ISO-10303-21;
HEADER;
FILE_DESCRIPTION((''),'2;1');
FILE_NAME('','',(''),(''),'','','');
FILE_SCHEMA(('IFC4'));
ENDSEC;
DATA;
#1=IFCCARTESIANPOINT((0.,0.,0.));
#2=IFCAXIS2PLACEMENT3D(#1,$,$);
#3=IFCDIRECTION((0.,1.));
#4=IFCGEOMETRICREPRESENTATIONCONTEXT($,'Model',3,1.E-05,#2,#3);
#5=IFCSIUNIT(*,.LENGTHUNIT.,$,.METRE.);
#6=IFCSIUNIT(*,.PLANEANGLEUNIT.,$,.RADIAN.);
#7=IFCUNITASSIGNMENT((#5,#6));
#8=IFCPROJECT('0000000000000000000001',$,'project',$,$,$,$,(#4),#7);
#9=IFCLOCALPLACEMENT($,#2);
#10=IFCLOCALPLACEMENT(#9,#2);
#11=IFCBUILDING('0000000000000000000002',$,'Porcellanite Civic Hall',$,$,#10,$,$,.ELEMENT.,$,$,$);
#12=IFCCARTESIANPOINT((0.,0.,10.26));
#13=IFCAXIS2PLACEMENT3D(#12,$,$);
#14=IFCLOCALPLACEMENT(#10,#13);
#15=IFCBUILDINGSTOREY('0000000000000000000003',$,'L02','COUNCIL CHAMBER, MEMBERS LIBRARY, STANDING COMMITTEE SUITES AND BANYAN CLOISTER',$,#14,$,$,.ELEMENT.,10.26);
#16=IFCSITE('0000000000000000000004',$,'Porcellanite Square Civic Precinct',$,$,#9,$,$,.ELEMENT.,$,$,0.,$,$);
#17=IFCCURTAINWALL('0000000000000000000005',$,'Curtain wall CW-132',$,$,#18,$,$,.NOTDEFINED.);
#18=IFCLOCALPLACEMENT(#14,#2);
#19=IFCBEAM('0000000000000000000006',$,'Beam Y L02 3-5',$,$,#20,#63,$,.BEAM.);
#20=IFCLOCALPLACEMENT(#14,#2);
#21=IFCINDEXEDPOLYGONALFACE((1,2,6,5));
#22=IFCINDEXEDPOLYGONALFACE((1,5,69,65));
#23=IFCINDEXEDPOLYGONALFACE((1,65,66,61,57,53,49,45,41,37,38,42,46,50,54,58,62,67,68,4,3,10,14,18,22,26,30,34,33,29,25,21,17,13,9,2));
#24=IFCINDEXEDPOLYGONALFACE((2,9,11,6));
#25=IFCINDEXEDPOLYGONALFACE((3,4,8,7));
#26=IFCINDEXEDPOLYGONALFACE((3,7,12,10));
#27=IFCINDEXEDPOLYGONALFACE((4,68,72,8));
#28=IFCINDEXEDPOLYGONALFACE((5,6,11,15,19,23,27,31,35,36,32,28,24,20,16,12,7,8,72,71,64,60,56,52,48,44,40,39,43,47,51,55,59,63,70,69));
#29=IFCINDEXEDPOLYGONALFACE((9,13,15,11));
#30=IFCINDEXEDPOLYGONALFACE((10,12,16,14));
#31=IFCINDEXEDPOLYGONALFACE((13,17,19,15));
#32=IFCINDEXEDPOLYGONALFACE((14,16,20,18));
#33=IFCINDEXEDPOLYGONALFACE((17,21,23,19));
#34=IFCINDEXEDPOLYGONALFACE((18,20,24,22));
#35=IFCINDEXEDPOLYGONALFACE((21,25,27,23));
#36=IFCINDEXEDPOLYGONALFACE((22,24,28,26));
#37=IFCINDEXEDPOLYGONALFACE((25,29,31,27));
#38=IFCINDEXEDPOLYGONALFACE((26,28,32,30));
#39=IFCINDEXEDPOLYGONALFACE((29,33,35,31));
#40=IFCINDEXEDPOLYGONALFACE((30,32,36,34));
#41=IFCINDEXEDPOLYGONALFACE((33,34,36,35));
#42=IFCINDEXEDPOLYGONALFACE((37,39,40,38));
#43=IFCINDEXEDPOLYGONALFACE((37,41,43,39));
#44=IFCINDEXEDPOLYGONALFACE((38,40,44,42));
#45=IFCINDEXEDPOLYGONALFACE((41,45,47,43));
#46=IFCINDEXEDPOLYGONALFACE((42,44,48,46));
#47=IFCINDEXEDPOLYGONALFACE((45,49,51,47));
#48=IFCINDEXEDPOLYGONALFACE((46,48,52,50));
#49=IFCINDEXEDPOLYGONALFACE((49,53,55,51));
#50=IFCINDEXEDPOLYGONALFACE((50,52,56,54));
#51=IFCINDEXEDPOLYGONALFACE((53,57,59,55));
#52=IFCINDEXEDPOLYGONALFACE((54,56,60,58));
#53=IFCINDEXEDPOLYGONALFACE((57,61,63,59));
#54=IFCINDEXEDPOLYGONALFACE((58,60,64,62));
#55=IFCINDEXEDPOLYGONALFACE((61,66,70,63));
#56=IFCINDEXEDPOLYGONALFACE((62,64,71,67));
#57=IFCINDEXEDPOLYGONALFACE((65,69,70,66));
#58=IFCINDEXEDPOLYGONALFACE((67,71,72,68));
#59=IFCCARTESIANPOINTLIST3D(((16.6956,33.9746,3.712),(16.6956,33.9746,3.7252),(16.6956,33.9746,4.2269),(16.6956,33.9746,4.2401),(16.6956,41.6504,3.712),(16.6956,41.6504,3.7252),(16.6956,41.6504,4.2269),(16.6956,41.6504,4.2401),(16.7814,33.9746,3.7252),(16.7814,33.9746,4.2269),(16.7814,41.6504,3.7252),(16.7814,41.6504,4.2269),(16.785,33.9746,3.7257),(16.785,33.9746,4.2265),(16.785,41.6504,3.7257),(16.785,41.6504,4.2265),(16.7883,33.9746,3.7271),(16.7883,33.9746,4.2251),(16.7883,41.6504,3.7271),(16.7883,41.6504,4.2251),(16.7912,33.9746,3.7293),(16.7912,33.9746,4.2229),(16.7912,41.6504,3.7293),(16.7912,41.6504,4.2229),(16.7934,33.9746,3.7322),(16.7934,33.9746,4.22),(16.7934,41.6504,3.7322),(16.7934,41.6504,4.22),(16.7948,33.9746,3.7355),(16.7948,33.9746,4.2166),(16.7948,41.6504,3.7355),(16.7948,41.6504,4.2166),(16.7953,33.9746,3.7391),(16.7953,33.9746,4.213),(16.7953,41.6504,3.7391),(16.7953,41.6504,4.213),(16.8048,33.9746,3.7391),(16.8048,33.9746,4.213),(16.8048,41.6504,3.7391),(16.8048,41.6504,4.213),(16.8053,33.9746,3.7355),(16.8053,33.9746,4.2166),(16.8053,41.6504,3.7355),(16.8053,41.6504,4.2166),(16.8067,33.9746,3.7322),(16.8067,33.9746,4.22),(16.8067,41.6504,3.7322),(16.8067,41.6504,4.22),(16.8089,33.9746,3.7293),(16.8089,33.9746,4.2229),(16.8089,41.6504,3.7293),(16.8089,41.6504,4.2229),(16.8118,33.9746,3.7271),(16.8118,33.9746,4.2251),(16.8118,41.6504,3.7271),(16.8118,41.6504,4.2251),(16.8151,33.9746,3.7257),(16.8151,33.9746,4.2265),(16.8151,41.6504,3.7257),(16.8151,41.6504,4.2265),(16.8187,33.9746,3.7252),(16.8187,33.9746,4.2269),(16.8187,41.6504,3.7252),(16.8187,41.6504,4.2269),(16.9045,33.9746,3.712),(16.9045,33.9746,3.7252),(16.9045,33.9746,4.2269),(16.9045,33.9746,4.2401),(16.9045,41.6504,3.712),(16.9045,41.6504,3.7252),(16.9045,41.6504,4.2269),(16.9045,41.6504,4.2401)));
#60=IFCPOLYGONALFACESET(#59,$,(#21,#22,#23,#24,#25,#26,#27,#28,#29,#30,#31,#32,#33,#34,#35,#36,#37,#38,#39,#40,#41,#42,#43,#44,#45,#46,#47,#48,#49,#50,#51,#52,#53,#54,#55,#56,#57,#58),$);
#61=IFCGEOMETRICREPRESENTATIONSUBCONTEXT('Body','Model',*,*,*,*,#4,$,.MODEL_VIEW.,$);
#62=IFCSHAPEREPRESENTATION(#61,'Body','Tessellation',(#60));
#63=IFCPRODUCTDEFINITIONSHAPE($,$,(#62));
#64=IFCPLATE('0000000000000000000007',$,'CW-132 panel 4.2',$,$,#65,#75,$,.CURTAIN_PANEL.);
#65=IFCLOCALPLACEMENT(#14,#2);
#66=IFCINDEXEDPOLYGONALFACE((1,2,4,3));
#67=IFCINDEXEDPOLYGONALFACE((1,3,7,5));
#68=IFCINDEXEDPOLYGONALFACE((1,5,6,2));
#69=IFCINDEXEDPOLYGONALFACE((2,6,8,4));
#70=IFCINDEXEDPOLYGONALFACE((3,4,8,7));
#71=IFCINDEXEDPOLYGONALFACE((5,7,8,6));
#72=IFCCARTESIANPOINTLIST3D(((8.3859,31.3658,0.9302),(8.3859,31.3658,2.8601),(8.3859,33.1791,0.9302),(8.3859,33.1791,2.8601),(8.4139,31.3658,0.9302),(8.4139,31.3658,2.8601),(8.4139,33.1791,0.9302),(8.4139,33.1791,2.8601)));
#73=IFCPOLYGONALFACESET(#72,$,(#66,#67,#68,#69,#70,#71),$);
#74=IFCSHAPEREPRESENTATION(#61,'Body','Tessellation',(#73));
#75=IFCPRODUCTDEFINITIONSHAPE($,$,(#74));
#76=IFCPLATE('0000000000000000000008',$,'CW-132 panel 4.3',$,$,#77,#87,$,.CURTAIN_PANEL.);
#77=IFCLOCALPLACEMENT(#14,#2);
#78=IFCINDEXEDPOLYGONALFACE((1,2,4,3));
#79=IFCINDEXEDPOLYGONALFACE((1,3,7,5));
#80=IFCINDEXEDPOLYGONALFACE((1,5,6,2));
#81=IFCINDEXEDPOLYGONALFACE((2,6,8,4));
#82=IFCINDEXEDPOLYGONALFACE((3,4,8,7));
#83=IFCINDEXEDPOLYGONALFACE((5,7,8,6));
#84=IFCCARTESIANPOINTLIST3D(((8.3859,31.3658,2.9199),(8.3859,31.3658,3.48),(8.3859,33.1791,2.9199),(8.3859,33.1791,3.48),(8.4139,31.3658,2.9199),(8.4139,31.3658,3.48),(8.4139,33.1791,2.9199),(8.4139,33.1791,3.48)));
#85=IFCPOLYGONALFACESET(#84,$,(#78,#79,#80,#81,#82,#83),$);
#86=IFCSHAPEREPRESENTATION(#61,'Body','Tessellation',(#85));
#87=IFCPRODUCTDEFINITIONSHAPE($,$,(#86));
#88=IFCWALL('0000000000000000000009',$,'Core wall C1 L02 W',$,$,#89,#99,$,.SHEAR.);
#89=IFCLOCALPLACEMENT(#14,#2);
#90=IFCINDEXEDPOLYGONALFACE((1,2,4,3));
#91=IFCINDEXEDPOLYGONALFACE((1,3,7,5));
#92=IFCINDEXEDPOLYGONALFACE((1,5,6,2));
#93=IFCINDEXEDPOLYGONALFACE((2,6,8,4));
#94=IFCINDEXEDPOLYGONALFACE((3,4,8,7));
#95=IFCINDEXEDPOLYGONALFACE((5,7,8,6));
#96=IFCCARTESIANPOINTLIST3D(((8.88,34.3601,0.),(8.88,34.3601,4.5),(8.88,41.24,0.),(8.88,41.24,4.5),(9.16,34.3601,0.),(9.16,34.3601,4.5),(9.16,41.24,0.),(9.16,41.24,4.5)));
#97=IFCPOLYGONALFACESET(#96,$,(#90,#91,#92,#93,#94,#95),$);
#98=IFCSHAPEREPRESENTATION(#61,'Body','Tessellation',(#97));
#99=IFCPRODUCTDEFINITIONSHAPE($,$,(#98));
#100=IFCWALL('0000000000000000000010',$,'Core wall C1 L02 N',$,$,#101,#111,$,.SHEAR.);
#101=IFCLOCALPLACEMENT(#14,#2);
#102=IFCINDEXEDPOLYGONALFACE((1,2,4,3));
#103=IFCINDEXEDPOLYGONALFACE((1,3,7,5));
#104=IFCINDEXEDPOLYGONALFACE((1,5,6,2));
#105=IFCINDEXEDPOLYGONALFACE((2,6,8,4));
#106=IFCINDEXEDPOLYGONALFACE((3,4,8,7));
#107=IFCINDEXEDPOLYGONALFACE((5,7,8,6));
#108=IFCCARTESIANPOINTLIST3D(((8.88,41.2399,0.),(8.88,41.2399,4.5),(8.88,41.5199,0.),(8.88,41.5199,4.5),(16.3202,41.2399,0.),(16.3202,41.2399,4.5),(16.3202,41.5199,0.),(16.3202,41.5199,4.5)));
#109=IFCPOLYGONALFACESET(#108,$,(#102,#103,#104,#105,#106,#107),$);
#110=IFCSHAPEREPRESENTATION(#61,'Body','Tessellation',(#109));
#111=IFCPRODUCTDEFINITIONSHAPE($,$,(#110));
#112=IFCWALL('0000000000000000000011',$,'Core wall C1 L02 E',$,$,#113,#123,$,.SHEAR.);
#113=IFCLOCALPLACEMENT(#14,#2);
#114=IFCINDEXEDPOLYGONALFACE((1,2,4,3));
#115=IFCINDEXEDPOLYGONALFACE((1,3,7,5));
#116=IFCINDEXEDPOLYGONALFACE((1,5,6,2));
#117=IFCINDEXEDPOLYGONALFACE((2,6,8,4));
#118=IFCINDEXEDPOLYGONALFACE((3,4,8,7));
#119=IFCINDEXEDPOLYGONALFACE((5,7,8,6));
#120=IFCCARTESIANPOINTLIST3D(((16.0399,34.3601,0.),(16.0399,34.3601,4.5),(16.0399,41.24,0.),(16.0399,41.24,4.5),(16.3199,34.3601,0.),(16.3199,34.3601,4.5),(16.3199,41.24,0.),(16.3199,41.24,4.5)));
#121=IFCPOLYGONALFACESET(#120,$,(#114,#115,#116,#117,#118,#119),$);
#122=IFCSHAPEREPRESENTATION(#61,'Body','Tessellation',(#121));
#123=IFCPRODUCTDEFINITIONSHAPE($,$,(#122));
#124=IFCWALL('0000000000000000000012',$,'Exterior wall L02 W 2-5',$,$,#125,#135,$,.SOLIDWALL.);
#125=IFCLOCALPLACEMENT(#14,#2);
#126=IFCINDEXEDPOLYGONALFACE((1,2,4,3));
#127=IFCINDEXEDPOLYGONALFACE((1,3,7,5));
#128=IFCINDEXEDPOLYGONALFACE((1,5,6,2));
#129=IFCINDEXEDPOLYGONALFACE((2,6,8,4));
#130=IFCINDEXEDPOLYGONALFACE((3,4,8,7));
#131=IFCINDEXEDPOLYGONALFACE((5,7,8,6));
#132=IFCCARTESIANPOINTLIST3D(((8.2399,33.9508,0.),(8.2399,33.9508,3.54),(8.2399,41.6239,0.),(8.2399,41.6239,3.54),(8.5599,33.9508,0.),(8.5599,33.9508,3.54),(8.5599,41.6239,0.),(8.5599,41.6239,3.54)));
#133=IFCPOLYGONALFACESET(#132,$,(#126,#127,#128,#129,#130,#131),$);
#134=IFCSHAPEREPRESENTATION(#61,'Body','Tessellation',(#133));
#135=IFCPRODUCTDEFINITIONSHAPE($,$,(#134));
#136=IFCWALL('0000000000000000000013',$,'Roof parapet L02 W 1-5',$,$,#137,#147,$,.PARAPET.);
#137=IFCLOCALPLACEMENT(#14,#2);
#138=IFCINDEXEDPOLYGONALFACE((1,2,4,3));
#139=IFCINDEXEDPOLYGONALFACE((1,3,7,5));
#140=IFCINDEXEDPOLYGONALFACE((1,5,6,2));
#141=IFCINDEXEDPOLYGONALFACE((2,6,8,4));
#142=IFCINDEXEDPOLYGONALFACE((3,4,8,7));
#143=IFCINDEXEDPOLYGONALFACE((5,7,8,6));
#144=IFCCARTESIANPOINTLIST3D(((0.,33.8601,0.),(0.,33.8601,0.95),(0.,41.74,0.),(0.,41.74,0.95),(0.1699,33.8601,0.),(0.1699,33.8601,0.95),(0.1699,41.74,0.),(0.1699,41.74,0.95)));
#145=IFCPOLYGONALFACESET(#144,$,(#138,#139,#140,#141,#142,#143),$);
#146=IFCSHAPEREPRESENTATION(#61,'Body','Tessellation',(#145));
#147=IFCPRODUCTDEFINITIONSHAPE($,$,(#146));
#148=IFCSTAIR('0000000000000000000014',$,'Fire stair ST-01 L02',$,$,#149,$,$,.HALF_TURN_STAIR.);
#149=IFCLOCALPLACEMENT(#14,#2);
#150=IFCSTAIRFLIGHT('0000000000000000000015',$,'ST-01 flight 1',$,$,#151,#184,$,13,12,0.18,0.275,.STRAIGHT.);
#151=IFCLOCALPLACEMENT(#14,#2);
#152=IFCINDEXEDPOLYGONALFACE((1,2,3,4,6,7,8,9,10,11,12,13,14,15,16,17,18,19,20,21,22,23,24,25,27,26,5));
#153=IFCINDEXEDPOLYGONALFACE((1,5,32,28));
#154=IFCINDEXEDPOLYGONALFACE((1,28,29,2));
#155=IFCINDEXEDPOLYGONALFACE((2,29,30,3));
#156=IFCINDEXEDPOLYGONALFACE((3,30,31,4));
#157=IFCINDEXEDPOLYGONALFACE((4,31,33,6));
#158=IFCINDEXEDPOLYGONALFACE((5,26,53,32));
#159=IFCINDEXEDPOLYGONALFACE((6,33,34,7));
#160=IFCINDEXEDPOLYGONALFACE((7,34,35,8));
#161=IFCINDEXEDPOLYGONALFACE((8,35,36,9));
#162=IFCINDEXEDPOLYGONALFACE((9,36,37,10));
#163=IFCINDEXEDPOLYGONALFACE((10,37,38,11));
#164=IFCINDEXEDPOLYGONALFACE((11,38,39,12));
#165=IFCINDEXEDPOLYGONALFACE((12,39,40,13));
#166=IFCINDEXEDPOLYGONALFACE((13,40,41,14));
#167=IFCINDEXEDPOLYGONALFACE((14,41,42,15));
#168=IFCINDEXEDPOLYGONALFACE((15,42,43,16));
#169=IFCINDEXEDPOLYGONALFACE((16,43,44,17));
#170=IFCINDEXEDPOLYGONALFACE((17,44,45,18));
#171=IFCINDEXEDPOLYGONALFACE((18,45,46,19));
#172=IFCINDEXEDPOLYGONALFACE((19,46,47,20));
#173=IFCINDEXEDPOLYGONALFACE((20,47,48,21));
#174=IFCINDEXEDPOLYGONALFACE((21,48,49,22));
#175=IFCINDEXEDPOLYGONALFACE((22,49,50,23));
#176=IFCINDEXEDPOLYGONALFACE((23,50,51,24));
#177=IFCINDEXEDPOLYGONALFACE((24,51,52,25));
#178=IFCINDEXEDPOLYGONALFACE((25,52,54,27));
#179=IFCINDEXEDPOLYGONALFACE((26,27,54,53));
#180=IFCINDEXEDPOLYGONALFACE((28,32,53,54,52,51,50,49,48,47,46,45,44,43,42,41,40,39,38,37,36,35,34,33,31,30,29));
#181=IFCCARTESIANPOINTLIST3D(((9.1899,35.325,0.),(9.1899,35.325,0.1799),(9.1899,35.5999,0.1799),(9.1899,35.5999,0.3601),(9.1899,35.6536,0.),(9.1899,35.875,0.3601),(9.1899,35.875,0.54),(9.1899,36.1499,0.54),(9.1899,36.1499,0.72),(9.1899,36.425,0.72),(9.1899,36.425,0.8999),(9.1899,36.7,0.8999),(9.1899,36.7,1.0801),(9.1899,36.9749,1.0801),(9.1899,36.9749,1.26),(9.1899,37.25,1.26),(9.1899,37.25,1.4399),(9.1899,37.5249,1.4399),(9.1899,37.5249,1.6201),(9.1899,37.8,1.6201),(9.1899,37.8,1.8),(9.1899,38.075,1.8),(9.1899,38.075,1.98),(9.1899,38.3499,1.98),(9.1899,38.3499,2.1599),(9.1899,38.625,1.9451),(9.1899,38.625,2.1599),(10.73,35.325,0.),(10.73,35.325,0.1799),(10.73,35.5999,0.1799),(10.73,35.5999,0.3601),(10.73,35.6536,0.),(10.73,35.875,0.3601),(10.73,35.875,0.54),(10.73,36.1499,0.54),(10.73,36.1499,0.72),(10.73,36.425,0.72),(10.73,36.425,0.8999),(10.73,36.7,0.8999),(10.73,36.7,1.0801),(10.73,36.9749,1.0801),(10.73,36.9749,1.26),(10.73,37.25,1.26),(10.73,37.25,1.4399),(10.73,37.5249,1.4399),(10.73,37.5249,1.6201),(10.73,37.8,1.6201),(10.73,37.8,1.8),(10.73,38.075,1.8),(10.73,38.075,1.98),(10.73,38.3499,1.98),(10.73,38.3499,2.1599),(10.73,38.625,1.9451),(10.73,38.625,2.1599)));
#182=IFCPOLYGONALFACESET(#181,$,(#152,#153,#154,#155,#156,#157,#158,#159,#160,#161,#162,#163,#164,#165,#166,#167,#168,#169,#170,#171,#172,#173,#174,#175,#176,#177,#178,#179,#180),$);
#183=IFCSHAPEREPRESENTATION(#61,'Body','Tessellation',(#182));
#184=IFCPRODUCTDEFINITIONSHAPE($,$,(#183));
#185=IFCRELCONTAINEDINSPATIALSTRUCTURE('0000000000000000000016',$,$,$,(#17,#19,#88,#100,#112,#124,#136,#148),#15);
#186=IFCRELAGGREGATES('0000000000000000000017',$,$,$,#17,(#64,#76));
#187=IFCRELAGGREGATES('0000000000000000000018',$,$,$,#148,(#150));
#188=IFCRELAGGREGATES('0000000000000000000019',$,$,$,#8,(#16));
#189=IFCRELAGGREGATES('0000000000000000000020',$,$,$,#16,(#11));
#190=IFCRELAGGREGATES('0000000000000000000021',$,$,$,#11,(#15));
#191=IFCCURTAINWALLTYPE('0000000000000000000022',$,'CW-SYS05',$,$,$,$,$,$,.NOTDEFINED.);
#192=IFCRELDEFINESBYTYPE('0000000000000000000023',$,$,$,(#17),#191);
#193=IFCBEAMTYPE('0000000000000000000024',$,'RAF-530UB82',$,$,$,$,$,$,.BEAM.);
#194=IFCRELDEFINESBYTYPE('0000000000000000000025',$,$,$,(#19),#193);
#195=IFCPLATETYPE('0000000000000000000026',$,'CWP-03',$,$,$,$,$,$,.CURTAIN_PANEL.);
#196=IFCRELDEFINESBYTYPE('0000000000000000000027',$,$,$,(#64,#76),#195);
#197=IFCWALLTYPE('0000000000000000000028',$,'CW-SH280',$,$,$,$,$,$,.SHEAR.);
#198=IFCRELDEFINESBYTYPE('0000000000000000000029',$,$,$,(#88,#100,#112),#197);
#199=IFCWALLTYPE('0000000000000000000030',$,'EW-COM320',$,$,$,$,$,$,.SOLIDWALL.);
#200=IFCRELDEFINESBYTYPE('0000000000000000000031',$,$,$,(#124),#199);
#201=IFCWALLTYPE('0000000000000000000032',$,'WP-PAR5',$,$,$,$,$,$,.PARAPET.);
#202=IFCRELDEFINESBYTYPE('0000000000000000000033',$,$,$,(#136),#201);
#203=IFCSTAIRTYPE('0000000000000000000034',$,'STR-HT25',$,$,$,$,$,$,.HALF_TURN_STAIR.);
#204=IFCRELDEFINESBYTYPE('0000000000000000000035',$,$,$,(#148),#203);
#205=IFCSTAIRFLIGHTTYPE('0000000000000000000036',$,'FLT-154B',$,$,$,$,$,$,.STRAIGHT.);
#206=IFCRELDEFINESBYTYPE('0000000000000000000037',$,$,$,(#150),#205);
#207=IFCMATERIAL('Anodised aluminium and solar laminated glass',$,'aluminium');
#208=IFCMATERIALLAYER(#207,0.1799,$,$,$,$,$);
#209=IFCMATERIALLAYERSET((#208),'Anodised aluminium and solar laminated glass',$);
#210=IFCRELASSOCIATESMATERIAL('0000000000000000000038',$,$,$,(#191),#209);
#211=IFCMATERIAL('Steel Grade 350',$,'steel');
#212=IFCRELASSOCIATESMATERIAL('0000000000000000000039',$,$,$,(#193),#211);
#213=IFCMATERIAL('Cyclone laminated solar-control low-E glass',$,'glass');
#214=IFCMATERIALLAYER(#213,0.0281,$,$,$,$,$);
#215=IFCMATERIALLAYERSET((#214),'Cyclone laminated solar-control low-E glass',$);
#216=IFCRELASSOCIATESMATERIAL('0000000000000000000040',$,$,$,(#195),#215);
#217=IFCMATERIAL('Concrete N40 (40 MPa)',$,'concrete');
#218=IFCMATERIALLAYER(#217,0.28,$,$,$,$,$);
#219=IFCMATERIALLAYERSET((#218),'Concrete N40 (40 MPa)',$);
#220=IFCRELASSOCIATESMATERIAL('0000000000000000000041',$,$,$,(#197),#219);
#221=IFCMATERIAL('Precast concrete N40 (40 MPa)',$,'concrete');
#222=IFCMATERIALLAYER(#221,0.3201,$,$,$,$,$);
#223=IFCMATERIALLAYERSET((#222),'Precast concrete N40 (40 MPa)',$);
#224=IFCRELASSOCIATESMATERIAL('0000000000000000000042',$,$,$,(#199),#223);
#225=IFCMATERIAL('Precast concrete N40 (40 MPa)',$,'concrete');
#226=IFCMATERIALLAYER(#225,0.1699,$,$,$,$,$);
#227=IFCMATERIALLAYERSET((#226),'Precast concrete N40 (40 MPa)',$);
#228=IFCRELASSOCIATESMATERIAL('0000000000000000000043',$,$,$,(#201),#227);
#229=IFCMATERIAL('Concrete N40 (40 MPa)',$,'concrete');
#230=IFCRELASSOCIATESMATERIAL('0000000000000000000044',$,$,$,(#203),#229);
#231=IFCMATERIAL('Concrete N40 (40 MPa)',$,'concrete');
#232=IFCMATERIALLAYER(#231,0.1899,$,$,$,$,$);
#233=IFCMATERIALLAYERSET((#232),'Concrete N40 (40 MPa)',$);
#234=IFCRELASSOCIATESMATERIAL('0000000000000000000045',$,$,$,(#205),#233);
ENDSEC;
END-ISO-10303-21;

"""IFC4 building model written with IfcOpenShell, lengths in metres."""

from ifc_helpers import new_model, si_unit, direction, frame, frame_2d, origin, origin_2d, place, context, subcontext, project, spatial, polyline, rectangle, i_section, outline, extrude, material, layer, layer_set, material_profile, profile_set, type_object, element, aggregate, save


model = new_model("IFC4")

# Units and contexts
model_context = context("Model", 3, precision=1e-05, world=origin(), true_north=direction((0.0, 1.0)))
body_context = subcontext(model_context, "Body", "Model", "MODEL_VIEW")
ifc_project = project(units=[si_unit("LENGTHUNIT", "METRE"), si_unit("PLANEANGLEUNIT", "RADIAN")], contexts=[model_context])

# Site, building, storey
site_placement = place(None, origin())
site = spatial("IfcSite", under=ifc_project, at=site_placement, Name="Porcellanite Square Civic Precinct", CompositionType="ELEMENT", RefElevation=0.0)
building_placement = place(site_placement, origin())
building = spatial("IfcBuilding", under=site, at=building_placement, Name="Porcellanite Civic Hall", CompositionType="ELEMENT")
storey_placement = place(building_placement, frame((0.0, 0.0, 10.26)))
storey = spatial("IfcBuildingStorey", under=building, at=storey_placement, Name="L02", Description="COUNCIL CHAMBER, MEMBERS LIBRARY, STANDING COMMITTEE SUITES AND BANYAN CLOISTER", CompositionType="ELEMENT", Elevation=10.26)

# Curtain wall
ifc_material_1 = material(Name="Anodised aluminium and solar laminated glass", Category="aluminium")
ifc_layer_1 = layer(ifc_material_1, 0.1799)
ifc_layer_set_1 = layer_set([ifc_layer_1], Name="Anodised aluminium and solar laminated glass")
curtain_wall_type = type_object("IfcCurtainWallType", Name="CW-SYS05", PredefinedType="NOTDEFINED", material=ifc_layer_set_1)
curtain_wall_placement = place(storey_placement, origin())
curtain_wall = element("IfcCurtainWall", 1, at=curtain_wall_placement, inside=storey, type_object=curtain_wall_type, Name="Curtain wall CW-132", PredefinedType="NOTDEFINED")

# Beam
ifc_material_2 = material(Name="Steel Grade 350", Category="steel")
ifc_material_profile_1 = material_profile(ifc_material_2, i_section(OverallWidth=0.209, OverallDepth=0.5281, WebThickness=0.0095, FlangeThickness=0.0132, FilletRadius=0.0139, at=origin_2d()), Name="530UB82.0")
ifc_profile_set_1 = profile_set([ifc_material_profile_1], Name="Steel Grade 350")
beam_type_1 = type_object("IfcBeamType", Name="RAF-530UB82", PredefinedType="BEAM", material=ifc_profile_set_1)
beam_1_placement = place(storey_placement, frame((16.8, 33.9746, 3.9761), z_axis=(0.0, 1.0, 0.0), x_axis=(-1.0, 0.0, 0.0)))
element("IfcBeam", 2, at=beam_1_placement, inside=storey, type_object=beam_type_1, Name="Beam Y L02 3-5", PredefinedType="BEAM", context=body_context, shape_type="SweptSolid", body=[
    extrude(i_section(OverallWidth=0.209, OverallDepth=0.5281, WebThickness=0.0095, FlangeThickness=0.0132, FilletRadius=0.0139, at=origin_2d()), origin(), (0.0, 0.0, 1.0), 7.6758),
])

# Plates
ifc_material_3 = material(Name="Cyclone laminated solar-control low-E glass", Category="glass")
ifc_layer_2 = layer(ifc_material_3, 0.0281)
ifc_layer_set_2 = layer_set([ifc_layer_2], Name="Cyclone laminated solar-control low-E glass")
plate_type = type_object("IfcPlateType", Name="CWP-03", PredefinedType="CURTAIN_PANEL", material=ifc_layer_set_2)
plate_1_placement = place(storey_placement, frame((8.3999, 32.2725, 0.9302), z_axis=(0.0, 0.0, 1.0), x_axis=(0.0, 1.0, 0.0)))
plate_1 = element("IfcPlate", 3, at=plate_1_placement, type_object=plate_type, Name="CW-132 panel 4.2", PredefinedType="CURTAIN_PANEL", context=body_context, shape_type="SweptSolid", body=[
    extrude(rectangle(XDim=1.8132, YDim=0.0281, at=origin_2d()), origin(), (0.0, 0.0, 1.0), 1.9299),
])
plate_2_placement = place(storey_placement, frame((8.3999, 32.2725, 2.9199), z_axis=(0.0, 0.0, 1.0), x_axis=(0.0, 1.0, 0.0)))
plate_2 = element("IfcPlate", 4, at=plate_2_placement, type_object=plate_type, Name="CW-132 panel 4.3", PredefinedType="CURTAIN_PANEL", context=body_context, shape_type="SweptSolid", body=[
    extrude(rectangle(XDim=1.8132, YDim=0.0281, at=origin_2d()), origin(), (0.0, 0.0, 1.0), 0.5601),
])
aggregate(curtain_wall, [plate_1, plate_2])

# Shared definitions
ifc_material_4 = material(Name="Concrete N40 (40 MPa)", Category="concrete")
ifc_layer_3 = layer(ifc_material_4, 0.28)
ifc_layer_set_3 = layer_set([ifc_layer_3], Name="Concrete N40 (40 MPa)")
wall_type_1 = type_object("IfcWallType", Name="CW-SH280", PredefinedType="SHEAR", material=ifc_layer_set_3)

# Walls
wall_1_placement = place(storey_placement, frame((9.02, 34.3601, 0.0), z_axis=(0.0, 0.0, 1.0), x_axis=(0.0, 1.0, 0.0)))
element("IfcWall", 5, at=wall_1_placement, inside=storey, type_object=wall_type_1, Name="Core wall C1 L02 W", PredefinedType="SHEAR", context=body_context, shape_type="SweptSolid", body=[
    extrude(rectangle(XDim=6.8799, YDim=0.28, at=frame_2d((3.4399, 0.0))), origin(), (0.0, 0.0, 1.0), 4.5),
])
wall_2_placement = place(storey_placement, frame((8.8799, 41.3799, 0.0), z_axis=(0.0, 0.0, 1.0), x_axis=(1.0, 0.0, 0.0)))
element("IfcWall", 6, at=wall_2_placement, inside=storey, type_object=wall_type_1, Name="Core wall C1 L02 N", PredefinedType="SHEAR", context=body_context, shape_type="SweptSolid", body=[
    extrude(rectangle(XDim=7.4402, YDim=0.28, at=frame_2d((3.7202, 0.0))), origin(), (0.0, 0.0, 1.0), 4.5),
])
wall_3_placement = place(storey_placement, frame((16.1799, 41.24, 0.0), z_axis=(0.0, 0.0, 1.0), x_axis=(0.0, -1.0, 0.0)))
element("IfcWall", 7, at=wall_3_placement, inside=storey, type_object=wall_type_1, Name="Core wall C1 L02 E", PredefinedType="SHEAR", context=body_context, shape_type="SweptSolid", body=[
    extrude(rectangle(XDim=6.8799, YDim=0.28, at=frame_2d((3.4399, 0.0))), origin(), (0.0, 0.0, 1.0), 4.5),
])
ifc_material_5 = material(Name="Precast concrete N40 (40 MPa)", Category="concrete")
ifc_layer_4 = layer(ifc_material_5, 0.3201)
ifc_layer_set_4 = layer_set([ifc_layer_4], Name="Precast concrete N40 (40 MPa)")
wall_type_2 = type_object("IfcWallType", Name="EW-COM320", PredefinedType="SOLIDWALL", material=ifc_layer_set_4)
wall_4_placement = place(storey_placement, frame((8.3999, 33.9509, 0.0), z_axis=(0.0, 0.0, 1.0), x_axis=(0.0, 1.0, 0.0)))
element("IfcWall", 8, at=wall_4_placement, inside=storey, type_object=wall_type_2, Name="Exterior wall L02 W 2-5", PredefinedType="SOLIDWALL", context=body_context, shape_type="SweptSolid", body=[
    extrude(rectangle(XDim=7.6731, YDim=0.3201, at=frame_2d((3.8364, 0.0))), origin(), (0.0, 0.0, 1.0), 3.54),
])
ifc_material_6 = material(Name="Precast concrete N40 (40 MPa)", Category="concrete")
ifc_layer_5 = layer(ifc_material_6, 0.1699)
ifc_layer_set_5 = layer_set([ifc_layer_5], Name="Precast concrete N40 (40 MPa)")
wall_type_3 = type_object("IfcWallType", Name="WP-PAR5", PredefinedType="PARAPET", material=ifc_layer_set_5)
wall_5_placement = place(storey_placement, frame((0.085, 33.8601, 0.0), z_axis=(0.0, 0.0, 1.0), x_axis=(0.0, 1.0, 0.0)))
element("IfcWall", 9, at=wall_5_placement, inside=storey, type_object=wall_type_3, Name="Roof parapet L02 W 1-5", PredefinedType="PARAPET", context=body_context, shape_type="SweptSolid", body=[
    extrude(rectangle(XDim=7.8799, YDim=0.1699, at=frame_2d((3.9399, 0.0))), origin(), (0.0, 0.0, 1.0), 0.95),
])

# Stair, stair flight
ifc_material_7 = material(Name="Concrete N40 (40 MPa)", Category="concrete")
stair_type = type_object("IfcStairType", Name="STR-HT25", PredefinedType="HALF_TURN_STAIR", material=ifc_material_7)
stair_placement = place(storey_placement, origin())
stair = element("IfcStair", 10, at=stair_placement, inside=storey, type_object=stair_type, Name="Fire stair ST-01 L02", PredefinedType="HALF_TURN_STAIR")
ifc_material_8 = material(Name="Concrete N40 (40 MPa)", Category="concrete")
ifc_layer_6 = layer(ifc_material_8, 0.1899)
ifc_layer_set_6 = layer_set([ifc_layer_6], Name="Concrete N40 (40 MPa)")
stair_flight_type = type_object("IfcStairFlightType", Name="FLT-154B", PredefinedType="STRAIGHT", material=ifc_layer_set_6)
stair_flight_1_placement = place(storey_placement, frame((9.96, 35.325, 0.0), z_axis=(0.0, 0.0, 1.0), x_axis=(0.0, 1.0, 0.0)))
stair_flight_1 = element("IfcStairFlight", 11, at=stair_flight_1_placement, type_object=stair_flight_type, Name="ST-01 flight 1", NumberOfRisers=13, NumberOfTreads=12, PredefinedType="STRAIGHT", RiserHeight=0.18, TreadLength=0.275, context=body_context, shape_type="SweptSolid", body=[
    extrude(outline(polyline([(0.0, 0.0), (0.0, 0.1799), (0.2749, 0.1799), (0.2749, 0.3601), (0.55, 0.3601), (0.55, 0.54), (0.825, 0.54), (0.825, 0.72), (1.1001, 0.72), (1.1001, 0.8999), (1.375, 0.8999), (1.375, 1.0801), (1.6499, 1.0801), (1.6499, 1.26), (1.925, 1.26), (1.925, 1.4399), (2.2, 1.4399), (2.2, 1.6201), (2.4751, 1.6201), (2.4751, 1.8), (2.75, 1.8), (2.75, 1.98), (3.0249, 1.98), (3.0249, 2.1599), (3.3, 2.1599), (3.3, 2.3401), (3.3, 1.9451), (0.3286, 0.0), (0.0, 0.0)])), frame((0.0, 0.77, 0.0), z_axis=(0.0, -1.0, 0.0), x_axis=(1.0, 0.0, 0.0)), (0.0, 0.0, 1.0), 1.54),
])
aggregate(stair, [stair_flight_1])

save(model, "model.ifc")
